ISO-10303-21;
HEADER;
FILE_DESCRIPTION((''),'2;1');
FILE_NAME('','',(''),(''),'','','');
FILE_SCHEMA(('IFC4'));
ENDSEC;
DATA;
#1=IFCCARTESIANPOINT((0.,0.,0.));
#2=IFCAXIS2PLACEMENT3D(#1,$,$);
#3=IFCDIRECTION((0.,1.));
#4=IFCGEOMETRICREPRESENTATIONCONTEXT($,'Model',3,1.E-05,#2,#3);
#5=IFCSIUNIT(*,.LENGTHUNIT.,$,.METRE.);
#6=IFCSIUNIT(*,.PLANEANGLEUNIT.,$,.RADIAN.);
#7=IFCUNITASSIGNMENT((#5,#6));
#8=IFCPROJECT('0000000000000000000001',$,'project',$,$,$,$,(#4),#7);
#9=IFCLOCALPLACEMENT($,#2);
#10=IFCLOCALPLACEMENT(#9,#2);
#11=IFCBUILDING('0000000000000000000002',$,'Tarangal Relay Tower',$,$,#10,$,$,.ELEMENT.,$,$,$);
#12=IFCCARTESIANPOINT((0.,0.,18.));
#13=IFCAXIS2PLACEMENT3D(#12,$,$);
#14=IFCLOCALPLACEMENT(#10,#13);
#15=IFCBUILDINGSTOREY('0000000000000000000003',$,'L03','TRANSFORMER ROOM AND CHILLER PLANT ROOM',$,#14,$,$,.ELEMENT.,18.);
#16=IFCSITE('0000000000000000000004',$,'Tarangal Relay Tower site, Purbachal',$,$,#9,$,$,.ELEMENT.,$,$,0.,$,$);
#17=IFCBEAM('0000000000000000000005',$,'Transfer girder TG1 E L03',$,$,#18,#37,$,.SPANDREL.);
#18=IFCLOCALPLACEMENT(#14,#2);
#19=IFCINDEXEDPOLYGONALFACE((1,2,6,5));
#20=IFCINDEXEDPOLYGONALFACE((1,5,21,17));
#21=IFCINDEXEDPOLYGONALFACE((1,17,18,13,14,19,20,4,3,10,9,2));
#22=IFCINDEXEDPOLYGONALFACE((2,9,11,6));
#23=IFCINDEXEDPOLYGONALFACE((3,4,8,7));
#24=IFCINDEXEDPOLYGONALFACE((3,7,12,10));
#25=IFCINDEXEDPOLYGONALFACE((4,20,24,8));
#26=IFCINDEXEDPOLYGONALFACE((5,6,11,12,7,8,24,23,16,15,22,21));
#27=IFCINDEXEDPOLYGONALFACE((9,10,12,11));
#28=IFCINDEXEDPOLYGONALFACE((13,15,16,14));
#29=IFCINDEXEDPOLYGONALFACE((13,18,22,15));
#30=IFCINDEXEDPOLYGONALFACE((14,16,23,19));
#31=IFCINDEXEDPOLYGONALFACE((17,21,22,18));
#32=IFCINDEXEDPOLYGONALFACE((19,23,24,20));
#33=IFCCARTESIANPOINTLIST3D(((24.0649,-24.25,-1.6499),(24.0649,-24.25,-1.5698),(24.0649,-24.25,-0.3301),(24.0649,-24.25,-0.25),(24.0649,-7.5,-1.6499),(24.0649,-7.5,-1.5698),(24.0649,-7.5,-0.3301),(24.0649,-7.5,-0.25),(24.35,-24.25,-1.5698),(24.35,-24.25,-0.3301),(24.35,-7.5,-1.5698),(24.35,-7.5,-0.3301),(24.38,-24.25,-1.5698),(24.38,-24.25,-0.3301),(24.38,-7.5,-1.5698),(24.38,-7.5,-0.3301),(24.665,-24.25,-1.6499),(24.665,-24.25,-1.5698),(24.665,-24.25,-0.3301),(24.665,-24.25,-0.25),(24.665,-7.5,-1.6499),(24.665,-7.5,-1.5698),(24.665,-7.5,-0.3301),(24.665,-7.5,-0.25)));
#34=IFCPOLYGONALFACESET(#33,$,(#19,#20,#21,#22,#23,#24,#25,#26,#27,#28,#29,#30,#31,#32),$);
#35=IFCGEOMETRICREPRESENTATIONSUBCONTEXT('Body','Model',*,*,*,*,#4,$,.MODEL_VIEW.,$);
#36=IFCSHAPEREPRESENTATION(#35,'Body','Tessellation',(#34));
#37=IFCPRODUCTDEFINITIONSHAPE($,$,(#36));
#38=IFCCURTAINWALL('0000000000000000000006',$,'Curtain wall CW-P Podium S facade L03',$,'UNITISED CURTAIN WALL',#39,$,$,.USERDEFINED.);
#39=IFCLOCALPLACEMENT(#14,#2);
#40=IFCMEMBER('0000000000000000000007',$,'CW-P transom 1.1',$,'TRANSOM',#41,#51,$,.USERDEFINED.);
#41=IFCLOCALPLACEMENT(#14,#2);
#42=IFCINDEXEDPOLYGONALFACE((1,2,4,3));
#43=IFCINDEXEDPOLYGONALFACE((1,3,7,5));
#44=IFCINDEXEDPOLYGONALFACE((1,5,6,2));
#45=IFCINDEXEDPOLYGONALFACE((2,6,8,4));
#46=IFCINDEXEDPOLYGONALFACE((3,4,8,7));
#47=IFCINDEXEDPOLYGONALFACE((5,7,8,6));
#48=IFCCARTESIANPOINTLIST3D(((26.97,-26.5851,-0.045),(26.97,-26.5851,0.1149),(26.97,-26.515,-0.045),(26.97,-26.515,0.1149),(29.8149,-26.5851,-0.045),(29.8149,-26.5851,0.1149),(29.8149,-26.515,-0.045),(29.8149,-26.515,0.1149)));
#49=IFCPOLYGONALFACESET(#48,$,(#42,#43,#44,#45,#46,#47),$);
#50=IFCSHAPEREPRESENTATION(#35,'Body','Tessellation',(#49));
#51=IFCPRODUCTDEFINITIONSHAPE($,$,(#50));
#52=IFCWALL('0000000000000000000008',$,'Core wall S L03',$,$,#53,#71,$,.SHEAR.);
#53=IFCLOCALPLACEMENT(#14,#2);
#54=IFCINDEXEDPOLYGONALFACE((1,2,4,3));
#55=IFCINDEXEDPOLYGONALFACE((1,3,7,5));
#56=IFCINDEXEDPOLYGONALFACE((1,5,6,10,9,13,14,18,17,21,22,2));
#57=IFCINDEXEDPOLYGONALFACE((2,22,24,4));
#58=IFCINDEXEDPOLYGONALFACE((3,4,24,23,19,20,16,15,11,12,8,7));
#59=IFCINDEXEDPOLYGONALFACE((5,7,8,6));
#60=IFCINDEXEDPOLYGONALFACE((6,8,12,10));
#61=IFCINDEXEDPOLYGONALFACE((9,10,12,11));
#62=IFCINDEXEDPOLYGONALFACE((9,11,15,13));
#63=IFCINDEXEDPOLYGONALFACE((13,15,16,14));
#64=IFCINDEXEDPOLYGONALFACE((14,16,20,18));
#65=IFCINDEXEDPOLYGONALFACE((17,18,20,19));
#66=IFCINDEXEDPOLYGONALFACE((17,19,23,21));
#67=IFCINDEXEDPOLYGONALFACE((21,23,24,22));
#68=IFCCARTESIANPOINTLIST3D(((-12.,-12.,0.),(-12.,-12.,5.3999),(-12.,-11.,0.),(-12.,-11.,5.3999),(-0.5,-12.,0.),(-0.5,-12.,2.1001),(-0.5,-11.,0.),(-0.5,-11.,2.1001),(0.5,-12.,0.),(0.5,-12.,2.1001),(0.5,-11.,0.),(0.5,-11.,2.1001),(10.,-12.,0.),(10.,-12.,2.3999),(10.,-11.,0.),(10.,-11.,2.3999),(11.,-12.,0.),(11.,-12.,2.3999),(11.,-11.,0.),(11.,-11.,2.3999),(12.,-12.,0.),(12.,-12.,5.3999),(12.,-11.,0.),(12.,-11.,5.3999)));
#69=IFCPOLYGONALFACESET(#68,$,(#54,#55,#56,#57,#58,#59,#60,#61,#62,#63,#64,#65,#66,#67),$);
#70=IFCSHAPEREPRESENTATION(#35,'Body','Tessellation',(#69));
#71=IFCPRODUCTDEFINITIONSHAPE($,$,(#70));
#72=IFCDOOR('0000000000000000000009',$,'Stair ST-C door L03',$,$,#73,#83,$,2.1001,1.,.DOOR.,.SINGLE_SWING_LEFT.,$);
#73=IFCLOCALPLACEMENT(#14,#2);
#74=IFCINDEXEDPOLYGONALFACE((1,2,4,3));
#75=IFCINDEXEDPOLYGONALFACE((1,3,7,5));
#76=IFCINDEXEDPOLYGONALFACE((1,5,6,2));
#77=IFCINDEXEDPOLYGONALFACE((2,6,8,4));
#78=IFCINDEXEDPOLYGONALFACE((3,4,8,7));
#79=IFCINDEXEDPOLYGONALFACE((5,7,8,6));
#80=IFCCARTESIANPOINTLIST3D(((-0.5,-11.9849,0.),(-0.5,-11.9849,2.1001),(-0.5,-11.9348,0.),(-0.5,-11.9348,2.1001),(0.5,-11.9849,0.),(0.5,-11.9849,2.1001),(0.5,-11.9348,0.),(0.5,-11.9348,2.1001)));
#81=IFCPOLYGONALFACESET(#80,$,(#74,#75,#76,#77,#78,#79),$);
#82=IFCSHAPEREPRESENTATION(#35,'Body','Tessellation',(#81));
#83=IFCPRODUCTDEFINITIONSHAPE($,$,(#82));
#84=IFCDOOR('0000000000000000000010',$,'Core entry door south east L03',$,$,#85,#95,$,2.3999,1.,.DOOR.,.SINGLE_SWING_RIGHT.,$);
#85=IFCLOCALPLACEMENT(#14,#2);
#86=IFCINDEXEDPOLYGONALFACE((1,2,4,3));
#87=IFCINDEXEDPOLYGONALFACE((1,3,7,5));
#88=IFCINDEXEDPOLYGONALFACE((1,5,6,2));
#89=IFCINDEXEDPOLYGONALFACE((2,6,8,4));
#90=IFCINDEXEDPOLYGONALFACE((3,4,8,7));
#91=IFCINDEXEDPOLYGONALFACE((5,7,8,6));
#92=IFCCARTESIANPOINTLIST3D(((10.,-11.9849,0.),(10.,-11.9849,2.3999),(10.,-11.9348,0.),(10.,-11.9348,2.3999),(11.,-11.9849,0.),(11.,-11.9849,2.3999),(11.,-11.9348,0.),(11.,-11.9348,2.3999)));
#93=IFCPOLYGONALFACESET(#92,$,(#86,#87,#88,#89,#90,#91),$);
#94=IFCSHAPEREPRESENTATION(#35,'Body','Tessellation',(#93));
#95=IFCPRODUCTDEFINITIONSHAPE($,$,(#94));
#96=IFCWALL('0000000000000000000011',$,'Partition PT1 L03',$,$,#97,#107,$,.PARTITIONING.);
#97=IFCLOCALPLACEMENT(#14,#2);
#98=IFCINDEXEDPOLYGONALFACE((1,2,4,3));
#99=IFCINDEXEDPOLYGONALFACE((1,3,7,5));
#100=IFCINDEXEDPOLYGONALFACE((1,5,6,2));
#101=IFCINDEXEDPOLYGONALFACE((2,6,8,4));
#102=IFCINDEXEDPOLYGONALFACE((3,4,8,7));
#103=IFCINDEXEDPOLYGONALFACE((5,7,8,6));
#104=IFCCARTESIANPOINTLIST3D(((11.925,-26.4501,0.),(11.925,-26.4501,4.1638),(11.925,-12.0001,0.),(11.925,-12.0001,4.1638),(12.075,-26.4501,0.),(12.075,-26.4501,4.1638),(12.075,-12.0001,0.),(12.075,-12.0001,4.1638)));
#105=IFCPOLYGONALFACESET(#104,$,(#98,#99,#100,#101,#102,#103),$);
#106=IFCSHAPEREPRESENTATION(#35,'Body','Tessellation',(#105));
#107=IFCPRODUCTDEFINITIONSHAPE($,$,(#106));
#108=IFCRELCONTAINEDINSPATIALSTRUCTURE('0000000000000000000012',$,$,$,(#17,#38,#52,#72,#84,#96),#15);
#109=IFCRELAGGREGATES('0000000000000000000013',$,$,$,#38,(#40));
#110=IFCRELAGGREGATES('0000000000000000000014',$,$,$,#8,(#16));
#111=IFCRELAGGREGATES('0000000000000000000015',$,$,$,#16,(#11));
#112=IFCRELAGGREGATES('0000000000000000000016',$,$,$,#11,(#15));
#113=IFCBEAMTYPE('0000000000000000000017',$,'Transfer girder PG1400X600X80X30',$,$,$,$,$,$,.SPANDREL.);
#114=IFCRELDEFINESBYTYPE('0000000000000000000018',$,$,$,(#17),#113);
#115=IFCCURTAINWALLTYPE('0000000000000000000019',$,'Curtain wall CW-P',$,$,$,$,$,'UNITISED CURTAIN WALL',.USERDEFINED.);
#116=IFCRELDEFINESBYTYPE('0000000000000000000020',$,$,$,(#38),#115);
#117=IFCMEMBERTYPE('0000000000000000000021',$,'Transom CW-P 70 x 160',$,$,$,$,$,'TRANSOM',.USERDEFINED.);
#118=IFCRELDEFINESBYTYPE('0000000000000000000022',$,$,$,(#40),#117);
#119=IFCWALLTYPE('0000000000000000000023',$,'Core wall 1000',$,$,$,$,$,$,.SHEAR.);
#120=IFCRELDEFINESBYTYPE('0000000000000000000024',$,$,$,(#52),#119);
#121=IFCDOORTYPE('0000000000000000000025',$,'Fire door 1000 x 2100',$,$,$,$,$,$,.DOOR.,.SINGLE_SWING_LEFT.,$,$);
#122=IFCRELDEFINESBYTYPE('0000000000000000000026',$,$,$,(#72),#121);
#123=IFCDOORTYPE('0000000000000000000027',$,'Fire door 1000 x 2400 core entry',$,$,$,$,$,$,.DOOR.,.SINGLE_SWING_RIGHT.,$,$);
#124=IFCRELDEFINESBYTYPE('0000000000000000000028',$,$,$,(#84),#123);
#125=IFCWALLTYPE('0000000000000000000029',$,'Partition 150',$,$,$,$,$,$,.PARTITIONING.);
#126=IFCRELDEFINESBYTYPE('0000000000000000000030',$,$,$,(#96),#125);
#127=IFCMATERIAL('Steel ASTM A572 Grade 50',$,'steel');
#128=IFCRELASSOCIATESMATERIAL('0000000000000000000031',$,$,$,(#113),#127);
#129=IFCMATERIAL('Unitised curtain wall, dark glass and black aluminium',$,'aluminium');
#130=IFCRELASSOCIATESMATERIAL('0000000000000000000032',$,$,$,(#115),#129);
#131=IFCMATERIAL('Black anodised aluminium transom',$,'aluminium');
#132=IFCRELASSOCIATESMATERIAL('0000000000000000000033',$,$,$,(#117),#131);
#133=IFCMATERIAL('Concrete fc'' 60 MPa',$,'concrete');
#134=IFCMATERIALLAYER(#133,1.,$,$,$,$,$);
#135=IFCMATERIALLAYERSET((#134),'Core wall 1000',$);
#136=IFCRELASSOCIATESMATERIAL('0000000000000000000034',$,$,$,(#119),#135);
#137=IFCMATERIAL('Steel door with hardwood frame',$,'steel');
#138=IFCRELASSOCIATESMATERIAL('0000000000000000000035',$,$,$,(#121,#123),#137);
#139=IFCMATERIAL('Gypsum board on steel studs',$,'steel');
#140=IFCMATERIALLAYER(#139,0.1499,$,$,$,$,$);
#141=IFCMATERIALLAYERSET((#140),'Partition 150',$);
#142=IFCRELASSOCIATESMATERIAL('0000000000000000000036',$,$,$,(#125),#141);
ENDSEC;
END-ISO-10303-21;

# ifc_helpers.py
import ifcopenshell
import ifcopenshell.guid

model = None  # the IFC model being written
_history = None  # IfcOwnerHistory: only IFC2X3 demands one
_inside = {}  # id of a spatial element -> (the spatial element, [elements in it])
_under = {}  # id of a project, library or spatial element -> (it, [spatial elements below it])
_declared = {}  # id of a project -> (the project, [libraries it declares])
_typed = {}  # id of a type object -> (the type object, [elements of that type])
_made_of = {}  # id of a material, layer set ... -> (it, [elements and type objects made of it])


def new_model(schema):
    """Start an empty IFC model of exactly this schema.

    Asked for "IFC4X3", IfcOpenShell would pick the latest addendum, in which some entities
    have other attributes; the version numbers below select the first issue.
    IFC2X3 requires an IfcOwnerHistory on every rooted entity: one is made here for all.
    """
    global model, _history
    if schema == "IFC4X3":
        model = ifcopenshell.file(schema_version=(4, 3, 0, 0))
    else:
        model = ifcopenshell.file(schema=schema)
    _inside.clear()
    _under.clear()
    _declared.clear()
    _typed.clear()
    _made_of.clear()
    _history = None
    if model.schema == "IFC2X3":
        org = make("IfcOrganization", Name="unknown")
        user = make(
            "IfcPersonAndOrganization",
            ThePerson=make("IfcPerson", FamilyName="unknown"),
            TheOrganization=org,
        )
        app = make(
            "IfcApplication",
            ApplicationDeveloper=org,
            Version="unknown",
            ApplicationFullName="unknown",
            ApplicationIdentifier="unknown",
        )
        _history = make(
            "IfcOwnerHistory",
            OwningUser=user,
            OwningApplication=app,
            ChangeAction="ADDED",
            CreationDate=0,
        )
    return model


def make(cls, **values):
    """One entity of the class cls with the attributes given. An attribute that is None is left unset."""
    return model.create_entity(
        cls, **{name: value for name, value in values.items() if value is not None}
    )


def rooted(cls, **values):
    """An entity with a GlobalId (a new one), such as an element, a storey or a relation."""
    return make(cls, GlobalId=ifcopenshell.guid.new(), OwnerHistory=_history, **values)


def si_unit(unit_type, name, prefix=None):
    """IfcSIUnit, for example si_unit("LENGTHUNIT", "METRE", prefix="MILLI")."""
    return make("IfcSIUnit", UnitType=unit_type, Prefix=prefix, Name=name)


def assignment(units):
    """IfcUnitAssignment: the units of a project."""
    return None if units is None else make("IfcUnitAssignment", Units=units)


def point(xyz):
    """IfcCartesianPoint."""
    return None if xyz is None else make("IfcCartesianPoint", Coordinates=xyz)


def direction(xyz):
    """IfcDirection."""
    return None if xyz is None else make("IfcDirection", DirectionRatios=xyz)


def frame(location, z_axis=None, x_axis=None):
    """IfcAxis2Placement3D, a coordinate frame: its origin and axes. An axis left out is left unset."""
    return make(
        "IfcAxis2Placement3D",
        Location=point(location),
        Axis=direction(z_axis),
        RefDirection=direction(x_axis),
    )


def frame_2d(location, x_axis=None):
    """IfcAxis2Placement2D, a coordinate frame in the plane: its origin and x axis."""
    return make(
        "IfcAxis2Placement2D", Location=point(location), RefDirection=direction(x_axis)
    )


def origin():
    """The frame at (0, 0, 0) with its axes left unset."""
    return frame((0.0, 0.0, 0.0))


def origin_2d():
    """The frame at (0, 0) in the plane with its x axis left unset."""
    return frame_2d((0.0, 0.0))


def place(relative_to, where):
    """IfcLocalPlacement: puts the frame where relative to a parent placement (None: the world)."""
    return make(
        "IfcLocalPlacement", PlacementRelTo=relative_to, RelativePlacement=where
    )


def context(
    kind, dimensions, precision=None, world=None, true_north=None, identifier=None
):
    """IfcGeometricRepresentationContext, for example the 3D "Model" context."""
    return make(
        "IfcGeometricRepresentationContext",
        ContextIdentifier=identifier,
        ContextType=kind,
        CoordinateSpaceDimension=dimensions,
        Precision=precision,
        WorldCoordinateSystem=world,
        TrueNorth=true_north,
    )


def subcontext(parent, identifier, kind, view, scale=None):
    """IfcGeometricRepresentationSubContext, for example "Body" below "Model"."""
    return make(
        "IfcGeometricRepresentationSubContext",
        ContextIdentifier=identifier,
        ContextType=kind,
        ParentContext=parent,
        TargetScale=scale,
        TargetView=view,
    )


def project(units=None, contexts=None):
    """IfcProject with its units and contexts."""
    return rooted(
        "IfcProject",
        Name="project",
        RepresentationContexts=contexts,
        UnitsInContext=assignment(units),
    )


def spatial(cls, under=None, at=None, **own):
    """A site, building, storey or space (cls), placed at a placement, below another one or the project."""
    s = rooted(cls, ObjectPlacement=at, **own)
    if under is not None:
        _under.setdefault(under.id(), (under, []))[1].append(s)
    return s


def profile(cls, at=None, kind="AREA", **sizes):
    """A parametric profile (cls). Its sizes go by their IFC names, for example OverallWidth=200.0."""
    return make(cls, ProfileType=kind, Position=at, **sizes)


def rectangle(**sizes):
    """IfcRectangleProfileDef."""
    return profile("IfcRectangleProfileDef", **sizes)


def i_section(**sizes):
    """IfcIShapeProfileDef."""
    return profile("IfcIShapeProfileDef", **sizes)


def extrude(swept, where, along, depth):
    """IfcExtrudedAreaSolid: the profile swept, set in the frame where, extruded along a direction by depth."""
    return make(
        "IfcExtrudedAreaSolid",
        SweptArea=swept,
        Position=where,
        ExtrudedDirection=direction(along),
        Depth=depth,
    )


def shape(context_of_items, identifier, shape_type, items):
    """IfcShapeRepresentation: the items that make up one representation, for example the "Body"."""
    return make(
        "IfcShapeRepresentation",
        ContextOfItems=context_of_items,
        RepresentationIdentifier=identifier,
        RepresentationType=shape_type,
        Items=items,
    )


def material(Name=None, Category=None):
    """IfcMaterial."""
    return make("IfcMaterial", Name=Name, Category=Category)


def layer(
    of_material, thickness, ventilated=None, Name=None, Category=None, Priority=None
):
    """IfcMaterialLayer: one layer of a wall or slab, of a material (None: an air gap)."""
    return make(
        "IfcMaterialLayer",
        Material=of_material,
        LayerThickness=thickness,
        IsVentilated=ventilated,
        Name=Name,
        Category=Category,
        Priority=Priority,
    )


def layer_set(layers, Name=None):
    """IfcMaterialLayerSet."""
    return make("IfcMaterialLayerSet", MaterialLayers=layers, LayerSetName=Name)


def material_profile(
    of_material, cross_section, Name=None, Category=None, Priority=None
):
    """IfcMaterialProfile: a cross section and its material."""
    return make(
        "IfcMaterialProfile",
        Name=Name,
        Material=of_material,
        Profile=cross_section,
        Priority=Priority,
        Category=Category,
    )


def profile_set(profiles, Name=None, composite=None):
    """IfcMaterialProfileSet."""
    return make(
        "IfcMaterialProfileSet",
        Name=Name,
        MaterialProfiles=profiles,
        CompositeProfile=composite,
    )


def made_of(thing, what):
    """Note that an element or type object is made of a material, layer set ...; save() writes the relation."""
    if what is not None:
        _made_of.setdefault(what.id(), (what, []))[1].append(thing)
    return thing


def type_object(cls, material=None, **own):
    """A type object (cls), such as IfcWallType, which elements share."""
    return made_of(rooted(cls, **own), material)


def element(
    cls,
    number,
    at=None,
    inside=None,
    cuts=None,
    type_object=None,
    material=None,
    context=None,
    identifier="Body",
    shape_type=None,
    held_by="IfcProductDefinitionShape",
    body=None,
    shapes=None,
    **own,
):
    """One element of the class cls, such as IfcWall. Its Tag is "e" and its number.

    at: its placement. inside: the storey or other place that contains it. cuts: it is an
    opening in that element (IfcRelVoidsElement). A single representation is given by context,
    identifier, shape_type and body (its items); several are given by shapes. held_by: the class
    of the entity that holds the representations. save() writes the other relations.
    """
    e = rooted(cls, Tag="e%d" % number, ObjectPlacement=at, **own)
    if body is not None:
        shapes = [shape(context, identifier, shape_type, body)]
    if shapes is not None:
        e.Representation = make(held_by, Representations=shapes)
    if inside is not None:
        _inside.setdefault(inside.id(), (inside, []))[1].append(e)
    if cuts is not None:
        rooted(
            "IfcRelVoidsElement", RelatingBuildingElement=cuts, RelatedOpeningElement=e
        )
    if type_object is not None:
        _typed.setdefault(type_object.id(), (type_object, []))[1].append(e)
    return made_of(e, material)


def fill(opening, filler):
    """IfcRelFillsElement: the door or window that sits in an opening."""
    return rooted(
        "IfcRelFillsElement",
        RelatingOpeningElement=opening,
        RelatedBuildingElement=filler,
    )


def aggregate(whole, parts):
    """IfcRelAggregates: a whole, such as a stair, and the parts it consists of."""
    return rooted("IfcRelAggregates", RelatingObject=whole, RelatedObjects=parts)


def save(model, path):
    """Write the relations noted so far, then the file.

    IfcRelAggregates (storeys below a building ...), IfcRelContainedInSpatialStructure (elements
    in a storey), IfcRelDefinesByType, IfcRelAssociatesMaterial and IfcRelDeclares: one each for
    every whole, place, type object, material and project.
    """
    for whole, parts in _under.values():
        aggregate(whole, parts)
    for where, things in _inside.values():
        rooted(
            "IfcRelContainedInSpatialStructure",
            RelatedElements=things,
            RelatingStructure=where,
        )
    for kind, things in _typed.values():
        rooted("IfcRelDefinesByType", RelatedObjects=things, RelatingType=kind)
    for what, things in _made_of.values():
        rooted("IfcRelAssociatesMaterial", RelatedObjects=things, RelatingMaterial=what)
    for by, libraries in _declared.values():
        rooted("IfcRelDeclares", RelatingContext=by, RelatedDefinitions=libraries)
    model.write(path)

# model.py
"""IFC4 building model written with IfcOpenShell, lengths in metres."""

from ifc_helpers import new_model, si_unit, direction, frame, frame_2d, origin, origin_2d, place, context, subcontext, project, spatial, rectangle, i_section, extrude, material, layer, layer_set, material_profile, profile_set, type_object, element, fill, aggregate, save


model = new_model("IFC4")

# Units and contexts
model_context = context("Model", 3, precision=1e-05, world=origin(), true_north=direction((0.0, 1.0)))
body_context = subcontext(model_context, "Body", "Model", "MODEL_VIEW")
ifc_project = project(units=[si_unit("LENGTHUNIT", "METRE"), si_unit("PLANEANGLEUNIT", "RADIAN")], contexts=[model_context])

# Site, building, storey
site_placement = place(None, origin())
site = spatial("IfcSite", under=ifc_project, at=site_placement, Name="Tarangal Relay Tower site, Purbachal", CompositionType="ELEMENT", RefElevation=0.0)
building_placement = place(site_placement, origin())
building = spatial("IfcBuilding", under=site, at=building_placement, Name="Tarangal Relay Tower", CompositionType="ELEMENT")
storey_placement = place(building_placement, frame((0.0, 0.0, 18.0)))
storey = spatial("IfcBuildingStorey", under=building, at=storey_placement, Name="L03", Description="TRANSFORMER ROOM AND CHILLER PLANT ROOM", CompositionType="ELEMENT", Elevation=18.0)

# Shared definitions
ifc_material_1 = material(Name="Steel ASTM A572 Grade 50", Category="steel")

# Beam
ifc_material_profile_1 = material_profile(ifc_material_1, i_section(OverallWidth=0.6001, OverallDepth=1.3999, WebThickness=0.03, FlangeThickness=0.0801, at=origin_2d()), Name="PG1400X600X80X30")
ifc_profile_set_1 = profile_set([ifc_material_profile_1], Name="Steel ASTM A572 Grade 50")
beam_type_1 = type_object("IfcBeamType", Name="Transfer girder PG1400X600X80X30", PredefinedType="SPANDREL", material=ifc_profile_set_1)
beam_1_placement = place(storey_placement, frame((24.365, -7.5, -0.95), z_axis=(0.0, -1.0, 0.0), x_axis=(1.0, 0.0, 0.0)))
element("IfcBeam", 1, at=beam_1_placement, inside=storey, type_object=beam_type_1, Name="Transfer girder TG1 E L03", PredefinedType="SPANDREL", context=body_context, shape_type="SweptSolid", body=[
    extrude(i_section(OverallWidth=0.6001, OverallDepth=1.3999, WebThickness=0.03, FlangeThickness=0.0801, at=origin_2d()), origin(), (0.0, 0.0, 1.0), 16.75),
])

# Curtain wall, member
ifc_material_2 = material(Name="Unitised curtain wall, dark glass and black aluminium", Category="aluminium")
curtain_wall_type = type_object("IfcCurtainWallType", Name="Curtain wall CW-P", ElementType="UNITISED CURTAIN WALL", PredefinedType="USERDEFINED", material=ifc_material_2)
curtain_wall_placement = place(storey_placement, origin())
curtain_wall = element("IfcCurtainWall", 2, at=curtain_wall_placement, inside=storey, type_object=curtain_wall_type, Name="Curtain wall CW-P Podium S facade L03", ObjectType="UNITISED CURTAIN WALL", PredefinedType="USERDEFINED")
ifc_material_3 = material(Name="Black anodised aluminium transom", Category="aluminium")
ifc_material_profile_2 = material_profile(ifc_material_3, rectangle(XDim=0.0701, YDim=0.1599, at=origin_2d()), Name="CW-PT 70X160")
ifc_profile_set_2 = profile_set([ifc_material_profile_2], Name="Black anodised aluminium transom")
member_type = type_object("IfcMemberType", Name="Transom CW-P 70 x 160", ElementType="TRANSOM", PredefinedType="USERDEFINED", material=ifc_profile_set_2)
member_placement = place(storey_placement, frame((26.97, -26.55, 0.0349), z_axis=(1.0, 0.0, 0.0), x_axis=(0.0, 1.0, 0.0)))
member = element("IfcMember", 3, at=member_placement, type_object=member_type, Name="CW-P transom 1.1", ObjectType="TRANSOM", PredefinedType="USERDEFINED", context=body_context, shape_type="SweptSolid", body=[
    extrude(rectangle(XDim=0.0701, YDim=0.1599, at=origin_2d()), origin(), (0.0, 0.0, 1.0), 2.845),
])
aggregate(curtain_wall, [member])

# Wall, openings, doors
ifc_material_4 = material(Name="Concrete fc' 60 MPa", Category="concrete")
ifc_layer_1 = layer(ifc_material_4, 1.0)
ifc_layer_set_1 = layer_set([ifc_layer_1], Name="Core wall 1000")
wall_type_1 = type_object("IfcWallType", Name="Core wall 1000", PredefinedType="SHEAR", material=ifc_layer_set_1)
wall_1_placement = place(storey_placement, frame((12.0, -11.5, 0.0), z_axis=(0.0, 0.0, 1.0), x_axis=(-1.0, 0.0, 0.0)))
wall_1 = element("IfcWall", 4, at=wall_1_placement, inside=storey, type_object=wall_type_1, Name="Core wall S L03", PredefinedType="SHEAR", context=body_context, shape_type="SweptSolid", body=[
    extrude(rectangle(XDim=24.0, YDim=1.0, at=frame_2d((12.0, 0.0))), origin(), (0.0, 0.0, 1.0), 5.3999),
])
opening_1_placement = place(wall_1_placement, frame((11.5, 0.0, 0.0)))
opening_1 = element("IfcOpeningElement", 5, at=opening_1_placement, cuts=wall_1, PredefinedType="OPENING", context=body_context, shape_type="SweptSolid", body=[
    extrude(rectangle(XDim=1.0, YDim=2.1001, at=frame_2d((0.5, 1.05))), frame((0.0, 0.51, 0.0), z_axis=(0.0, -1.0, 0.0), x_axis=(1.0, 0.0, 0.0)), (0.0, 0.0, 1.0), 1.02),
])
opening_2_placement = place(wall_1_placement, frame((1.0, 0.0, 0.0)))
opening_2 = element("IfcOpeningElement", 6, at=opening_2_placement, cuts=wall_1, PredefinedType="OPENING", context=body_context, shape_type="SweptSolid", body=[
    extrude(rectangle(XDim=1.0, YDim=2.3999, at=frame_2d((0.5, 1.2))), frame((0.0, 0.51, 0.0), z_axis=(0.0, -1.0, 0.0), x_axis=(1.0, 0.0, 0.0)), (0.0, 0.0, 1.0), 1.02),
])
ifc_material_5 = material(Name="Steel door with hardwood frame", Category="steel")
door_type_1 = type_object("IfcDoorType", Name="Fire door 1000 x 2100", OperationType="SINGLE_SWING_LEFT", PredefinedType="DOOR", material=ifc_material_5)
door_1_placement = place(opening_1_placement, origin())
door_1 = element("IfcDoor", 7, at=door_1_placement, inside=storey, type_object=door_type_1, Name="Stair ST-C door L03", OperationType="SINGLE_SWING_LEFT", OverallHeight=2.1001, OverallWidth=1.0, PredefinedType="DOOR", context=body_context, shape_type="SweptSolid", body=[
    extrude(rectangle(XDim=1.0, YDim=2.1001, at=frame_2d((0.5, 1.05))), frame((0.0, 0.4849, 0.0), z_axis=(0.0, -1.0, 0.0), x_axis=(1.0, 0.0, 0.0)), (0.0, 0.0, 1.0), 0.05),
])
fill(opening_1, door_1)
door_type_2 = type_object("IfcDoorType", Name="Fire door 1000 x 2400 core entry", OperationType="SINGLE_SWING_RIGHT", PredefinedType="DOOR", material=ifc_material_5)
door_2_placement = place(opening_2_placement, origin())
door_2 = element("IfcDoor", 8, at=door_2_placement, inside=storey, type_object=door_type_2, Name="Core entry door south east L03", OperationType="SINGLE_SWING_RIGHT", OverallHeight=2.3999, OverallWidth=1.0, PredefinedType="DOOR", context=body_context, shape_type="SweptSolid", body=[
    extrude(rectangle(XDim=1.0, YDim=2.3999, at=frame_2d((0.5, 1.2))), frame((0.0, 0.4849, 0.0), z_axis=(0.0, -1.0, 0.0), x_axis=(1.0, 0.0, 0.0)), (0.0, 0.0, 1.0), 0.05),
])
fill(opening_2, door_2)

# Wall
ifc_material_6 = material(Name="Gypsum board on steel studs", Category="steel")
ifc_layer_2 = layer(ifc_material_6, 0.1499)
ifc_layer_set_2 = layer_set([ifc_layer_2], Name="Partition 150")
wall_type_2 = type_object("IfcWallType", Name="Partition 150", PredefinedType="PARTITIONING", material=ifc_layer_set_2)
wall_2_placement = place(storey_placement, frame((12.0, -12.0, 0.0), z_axis=(0.0, 0.0, 1.0), x_axis=(0.0, -1.0, 0.0)))
element("IfcWall", 9, at=wall_2_placement, inside=storey, type_object=wall_type_2, Name="Partition PT1 L03", PredefinedType="PARTITIONING", context=body_context, shape_type="SweptSolid", body=[
    extrude(rectangle(XDim=14.45, YDim=0.1499, at=frame_2d((7.2251, 0.0))), origin(), (0.0, 0.0, 1.0), 4.1638),
])

save(model, "model.ifc")
